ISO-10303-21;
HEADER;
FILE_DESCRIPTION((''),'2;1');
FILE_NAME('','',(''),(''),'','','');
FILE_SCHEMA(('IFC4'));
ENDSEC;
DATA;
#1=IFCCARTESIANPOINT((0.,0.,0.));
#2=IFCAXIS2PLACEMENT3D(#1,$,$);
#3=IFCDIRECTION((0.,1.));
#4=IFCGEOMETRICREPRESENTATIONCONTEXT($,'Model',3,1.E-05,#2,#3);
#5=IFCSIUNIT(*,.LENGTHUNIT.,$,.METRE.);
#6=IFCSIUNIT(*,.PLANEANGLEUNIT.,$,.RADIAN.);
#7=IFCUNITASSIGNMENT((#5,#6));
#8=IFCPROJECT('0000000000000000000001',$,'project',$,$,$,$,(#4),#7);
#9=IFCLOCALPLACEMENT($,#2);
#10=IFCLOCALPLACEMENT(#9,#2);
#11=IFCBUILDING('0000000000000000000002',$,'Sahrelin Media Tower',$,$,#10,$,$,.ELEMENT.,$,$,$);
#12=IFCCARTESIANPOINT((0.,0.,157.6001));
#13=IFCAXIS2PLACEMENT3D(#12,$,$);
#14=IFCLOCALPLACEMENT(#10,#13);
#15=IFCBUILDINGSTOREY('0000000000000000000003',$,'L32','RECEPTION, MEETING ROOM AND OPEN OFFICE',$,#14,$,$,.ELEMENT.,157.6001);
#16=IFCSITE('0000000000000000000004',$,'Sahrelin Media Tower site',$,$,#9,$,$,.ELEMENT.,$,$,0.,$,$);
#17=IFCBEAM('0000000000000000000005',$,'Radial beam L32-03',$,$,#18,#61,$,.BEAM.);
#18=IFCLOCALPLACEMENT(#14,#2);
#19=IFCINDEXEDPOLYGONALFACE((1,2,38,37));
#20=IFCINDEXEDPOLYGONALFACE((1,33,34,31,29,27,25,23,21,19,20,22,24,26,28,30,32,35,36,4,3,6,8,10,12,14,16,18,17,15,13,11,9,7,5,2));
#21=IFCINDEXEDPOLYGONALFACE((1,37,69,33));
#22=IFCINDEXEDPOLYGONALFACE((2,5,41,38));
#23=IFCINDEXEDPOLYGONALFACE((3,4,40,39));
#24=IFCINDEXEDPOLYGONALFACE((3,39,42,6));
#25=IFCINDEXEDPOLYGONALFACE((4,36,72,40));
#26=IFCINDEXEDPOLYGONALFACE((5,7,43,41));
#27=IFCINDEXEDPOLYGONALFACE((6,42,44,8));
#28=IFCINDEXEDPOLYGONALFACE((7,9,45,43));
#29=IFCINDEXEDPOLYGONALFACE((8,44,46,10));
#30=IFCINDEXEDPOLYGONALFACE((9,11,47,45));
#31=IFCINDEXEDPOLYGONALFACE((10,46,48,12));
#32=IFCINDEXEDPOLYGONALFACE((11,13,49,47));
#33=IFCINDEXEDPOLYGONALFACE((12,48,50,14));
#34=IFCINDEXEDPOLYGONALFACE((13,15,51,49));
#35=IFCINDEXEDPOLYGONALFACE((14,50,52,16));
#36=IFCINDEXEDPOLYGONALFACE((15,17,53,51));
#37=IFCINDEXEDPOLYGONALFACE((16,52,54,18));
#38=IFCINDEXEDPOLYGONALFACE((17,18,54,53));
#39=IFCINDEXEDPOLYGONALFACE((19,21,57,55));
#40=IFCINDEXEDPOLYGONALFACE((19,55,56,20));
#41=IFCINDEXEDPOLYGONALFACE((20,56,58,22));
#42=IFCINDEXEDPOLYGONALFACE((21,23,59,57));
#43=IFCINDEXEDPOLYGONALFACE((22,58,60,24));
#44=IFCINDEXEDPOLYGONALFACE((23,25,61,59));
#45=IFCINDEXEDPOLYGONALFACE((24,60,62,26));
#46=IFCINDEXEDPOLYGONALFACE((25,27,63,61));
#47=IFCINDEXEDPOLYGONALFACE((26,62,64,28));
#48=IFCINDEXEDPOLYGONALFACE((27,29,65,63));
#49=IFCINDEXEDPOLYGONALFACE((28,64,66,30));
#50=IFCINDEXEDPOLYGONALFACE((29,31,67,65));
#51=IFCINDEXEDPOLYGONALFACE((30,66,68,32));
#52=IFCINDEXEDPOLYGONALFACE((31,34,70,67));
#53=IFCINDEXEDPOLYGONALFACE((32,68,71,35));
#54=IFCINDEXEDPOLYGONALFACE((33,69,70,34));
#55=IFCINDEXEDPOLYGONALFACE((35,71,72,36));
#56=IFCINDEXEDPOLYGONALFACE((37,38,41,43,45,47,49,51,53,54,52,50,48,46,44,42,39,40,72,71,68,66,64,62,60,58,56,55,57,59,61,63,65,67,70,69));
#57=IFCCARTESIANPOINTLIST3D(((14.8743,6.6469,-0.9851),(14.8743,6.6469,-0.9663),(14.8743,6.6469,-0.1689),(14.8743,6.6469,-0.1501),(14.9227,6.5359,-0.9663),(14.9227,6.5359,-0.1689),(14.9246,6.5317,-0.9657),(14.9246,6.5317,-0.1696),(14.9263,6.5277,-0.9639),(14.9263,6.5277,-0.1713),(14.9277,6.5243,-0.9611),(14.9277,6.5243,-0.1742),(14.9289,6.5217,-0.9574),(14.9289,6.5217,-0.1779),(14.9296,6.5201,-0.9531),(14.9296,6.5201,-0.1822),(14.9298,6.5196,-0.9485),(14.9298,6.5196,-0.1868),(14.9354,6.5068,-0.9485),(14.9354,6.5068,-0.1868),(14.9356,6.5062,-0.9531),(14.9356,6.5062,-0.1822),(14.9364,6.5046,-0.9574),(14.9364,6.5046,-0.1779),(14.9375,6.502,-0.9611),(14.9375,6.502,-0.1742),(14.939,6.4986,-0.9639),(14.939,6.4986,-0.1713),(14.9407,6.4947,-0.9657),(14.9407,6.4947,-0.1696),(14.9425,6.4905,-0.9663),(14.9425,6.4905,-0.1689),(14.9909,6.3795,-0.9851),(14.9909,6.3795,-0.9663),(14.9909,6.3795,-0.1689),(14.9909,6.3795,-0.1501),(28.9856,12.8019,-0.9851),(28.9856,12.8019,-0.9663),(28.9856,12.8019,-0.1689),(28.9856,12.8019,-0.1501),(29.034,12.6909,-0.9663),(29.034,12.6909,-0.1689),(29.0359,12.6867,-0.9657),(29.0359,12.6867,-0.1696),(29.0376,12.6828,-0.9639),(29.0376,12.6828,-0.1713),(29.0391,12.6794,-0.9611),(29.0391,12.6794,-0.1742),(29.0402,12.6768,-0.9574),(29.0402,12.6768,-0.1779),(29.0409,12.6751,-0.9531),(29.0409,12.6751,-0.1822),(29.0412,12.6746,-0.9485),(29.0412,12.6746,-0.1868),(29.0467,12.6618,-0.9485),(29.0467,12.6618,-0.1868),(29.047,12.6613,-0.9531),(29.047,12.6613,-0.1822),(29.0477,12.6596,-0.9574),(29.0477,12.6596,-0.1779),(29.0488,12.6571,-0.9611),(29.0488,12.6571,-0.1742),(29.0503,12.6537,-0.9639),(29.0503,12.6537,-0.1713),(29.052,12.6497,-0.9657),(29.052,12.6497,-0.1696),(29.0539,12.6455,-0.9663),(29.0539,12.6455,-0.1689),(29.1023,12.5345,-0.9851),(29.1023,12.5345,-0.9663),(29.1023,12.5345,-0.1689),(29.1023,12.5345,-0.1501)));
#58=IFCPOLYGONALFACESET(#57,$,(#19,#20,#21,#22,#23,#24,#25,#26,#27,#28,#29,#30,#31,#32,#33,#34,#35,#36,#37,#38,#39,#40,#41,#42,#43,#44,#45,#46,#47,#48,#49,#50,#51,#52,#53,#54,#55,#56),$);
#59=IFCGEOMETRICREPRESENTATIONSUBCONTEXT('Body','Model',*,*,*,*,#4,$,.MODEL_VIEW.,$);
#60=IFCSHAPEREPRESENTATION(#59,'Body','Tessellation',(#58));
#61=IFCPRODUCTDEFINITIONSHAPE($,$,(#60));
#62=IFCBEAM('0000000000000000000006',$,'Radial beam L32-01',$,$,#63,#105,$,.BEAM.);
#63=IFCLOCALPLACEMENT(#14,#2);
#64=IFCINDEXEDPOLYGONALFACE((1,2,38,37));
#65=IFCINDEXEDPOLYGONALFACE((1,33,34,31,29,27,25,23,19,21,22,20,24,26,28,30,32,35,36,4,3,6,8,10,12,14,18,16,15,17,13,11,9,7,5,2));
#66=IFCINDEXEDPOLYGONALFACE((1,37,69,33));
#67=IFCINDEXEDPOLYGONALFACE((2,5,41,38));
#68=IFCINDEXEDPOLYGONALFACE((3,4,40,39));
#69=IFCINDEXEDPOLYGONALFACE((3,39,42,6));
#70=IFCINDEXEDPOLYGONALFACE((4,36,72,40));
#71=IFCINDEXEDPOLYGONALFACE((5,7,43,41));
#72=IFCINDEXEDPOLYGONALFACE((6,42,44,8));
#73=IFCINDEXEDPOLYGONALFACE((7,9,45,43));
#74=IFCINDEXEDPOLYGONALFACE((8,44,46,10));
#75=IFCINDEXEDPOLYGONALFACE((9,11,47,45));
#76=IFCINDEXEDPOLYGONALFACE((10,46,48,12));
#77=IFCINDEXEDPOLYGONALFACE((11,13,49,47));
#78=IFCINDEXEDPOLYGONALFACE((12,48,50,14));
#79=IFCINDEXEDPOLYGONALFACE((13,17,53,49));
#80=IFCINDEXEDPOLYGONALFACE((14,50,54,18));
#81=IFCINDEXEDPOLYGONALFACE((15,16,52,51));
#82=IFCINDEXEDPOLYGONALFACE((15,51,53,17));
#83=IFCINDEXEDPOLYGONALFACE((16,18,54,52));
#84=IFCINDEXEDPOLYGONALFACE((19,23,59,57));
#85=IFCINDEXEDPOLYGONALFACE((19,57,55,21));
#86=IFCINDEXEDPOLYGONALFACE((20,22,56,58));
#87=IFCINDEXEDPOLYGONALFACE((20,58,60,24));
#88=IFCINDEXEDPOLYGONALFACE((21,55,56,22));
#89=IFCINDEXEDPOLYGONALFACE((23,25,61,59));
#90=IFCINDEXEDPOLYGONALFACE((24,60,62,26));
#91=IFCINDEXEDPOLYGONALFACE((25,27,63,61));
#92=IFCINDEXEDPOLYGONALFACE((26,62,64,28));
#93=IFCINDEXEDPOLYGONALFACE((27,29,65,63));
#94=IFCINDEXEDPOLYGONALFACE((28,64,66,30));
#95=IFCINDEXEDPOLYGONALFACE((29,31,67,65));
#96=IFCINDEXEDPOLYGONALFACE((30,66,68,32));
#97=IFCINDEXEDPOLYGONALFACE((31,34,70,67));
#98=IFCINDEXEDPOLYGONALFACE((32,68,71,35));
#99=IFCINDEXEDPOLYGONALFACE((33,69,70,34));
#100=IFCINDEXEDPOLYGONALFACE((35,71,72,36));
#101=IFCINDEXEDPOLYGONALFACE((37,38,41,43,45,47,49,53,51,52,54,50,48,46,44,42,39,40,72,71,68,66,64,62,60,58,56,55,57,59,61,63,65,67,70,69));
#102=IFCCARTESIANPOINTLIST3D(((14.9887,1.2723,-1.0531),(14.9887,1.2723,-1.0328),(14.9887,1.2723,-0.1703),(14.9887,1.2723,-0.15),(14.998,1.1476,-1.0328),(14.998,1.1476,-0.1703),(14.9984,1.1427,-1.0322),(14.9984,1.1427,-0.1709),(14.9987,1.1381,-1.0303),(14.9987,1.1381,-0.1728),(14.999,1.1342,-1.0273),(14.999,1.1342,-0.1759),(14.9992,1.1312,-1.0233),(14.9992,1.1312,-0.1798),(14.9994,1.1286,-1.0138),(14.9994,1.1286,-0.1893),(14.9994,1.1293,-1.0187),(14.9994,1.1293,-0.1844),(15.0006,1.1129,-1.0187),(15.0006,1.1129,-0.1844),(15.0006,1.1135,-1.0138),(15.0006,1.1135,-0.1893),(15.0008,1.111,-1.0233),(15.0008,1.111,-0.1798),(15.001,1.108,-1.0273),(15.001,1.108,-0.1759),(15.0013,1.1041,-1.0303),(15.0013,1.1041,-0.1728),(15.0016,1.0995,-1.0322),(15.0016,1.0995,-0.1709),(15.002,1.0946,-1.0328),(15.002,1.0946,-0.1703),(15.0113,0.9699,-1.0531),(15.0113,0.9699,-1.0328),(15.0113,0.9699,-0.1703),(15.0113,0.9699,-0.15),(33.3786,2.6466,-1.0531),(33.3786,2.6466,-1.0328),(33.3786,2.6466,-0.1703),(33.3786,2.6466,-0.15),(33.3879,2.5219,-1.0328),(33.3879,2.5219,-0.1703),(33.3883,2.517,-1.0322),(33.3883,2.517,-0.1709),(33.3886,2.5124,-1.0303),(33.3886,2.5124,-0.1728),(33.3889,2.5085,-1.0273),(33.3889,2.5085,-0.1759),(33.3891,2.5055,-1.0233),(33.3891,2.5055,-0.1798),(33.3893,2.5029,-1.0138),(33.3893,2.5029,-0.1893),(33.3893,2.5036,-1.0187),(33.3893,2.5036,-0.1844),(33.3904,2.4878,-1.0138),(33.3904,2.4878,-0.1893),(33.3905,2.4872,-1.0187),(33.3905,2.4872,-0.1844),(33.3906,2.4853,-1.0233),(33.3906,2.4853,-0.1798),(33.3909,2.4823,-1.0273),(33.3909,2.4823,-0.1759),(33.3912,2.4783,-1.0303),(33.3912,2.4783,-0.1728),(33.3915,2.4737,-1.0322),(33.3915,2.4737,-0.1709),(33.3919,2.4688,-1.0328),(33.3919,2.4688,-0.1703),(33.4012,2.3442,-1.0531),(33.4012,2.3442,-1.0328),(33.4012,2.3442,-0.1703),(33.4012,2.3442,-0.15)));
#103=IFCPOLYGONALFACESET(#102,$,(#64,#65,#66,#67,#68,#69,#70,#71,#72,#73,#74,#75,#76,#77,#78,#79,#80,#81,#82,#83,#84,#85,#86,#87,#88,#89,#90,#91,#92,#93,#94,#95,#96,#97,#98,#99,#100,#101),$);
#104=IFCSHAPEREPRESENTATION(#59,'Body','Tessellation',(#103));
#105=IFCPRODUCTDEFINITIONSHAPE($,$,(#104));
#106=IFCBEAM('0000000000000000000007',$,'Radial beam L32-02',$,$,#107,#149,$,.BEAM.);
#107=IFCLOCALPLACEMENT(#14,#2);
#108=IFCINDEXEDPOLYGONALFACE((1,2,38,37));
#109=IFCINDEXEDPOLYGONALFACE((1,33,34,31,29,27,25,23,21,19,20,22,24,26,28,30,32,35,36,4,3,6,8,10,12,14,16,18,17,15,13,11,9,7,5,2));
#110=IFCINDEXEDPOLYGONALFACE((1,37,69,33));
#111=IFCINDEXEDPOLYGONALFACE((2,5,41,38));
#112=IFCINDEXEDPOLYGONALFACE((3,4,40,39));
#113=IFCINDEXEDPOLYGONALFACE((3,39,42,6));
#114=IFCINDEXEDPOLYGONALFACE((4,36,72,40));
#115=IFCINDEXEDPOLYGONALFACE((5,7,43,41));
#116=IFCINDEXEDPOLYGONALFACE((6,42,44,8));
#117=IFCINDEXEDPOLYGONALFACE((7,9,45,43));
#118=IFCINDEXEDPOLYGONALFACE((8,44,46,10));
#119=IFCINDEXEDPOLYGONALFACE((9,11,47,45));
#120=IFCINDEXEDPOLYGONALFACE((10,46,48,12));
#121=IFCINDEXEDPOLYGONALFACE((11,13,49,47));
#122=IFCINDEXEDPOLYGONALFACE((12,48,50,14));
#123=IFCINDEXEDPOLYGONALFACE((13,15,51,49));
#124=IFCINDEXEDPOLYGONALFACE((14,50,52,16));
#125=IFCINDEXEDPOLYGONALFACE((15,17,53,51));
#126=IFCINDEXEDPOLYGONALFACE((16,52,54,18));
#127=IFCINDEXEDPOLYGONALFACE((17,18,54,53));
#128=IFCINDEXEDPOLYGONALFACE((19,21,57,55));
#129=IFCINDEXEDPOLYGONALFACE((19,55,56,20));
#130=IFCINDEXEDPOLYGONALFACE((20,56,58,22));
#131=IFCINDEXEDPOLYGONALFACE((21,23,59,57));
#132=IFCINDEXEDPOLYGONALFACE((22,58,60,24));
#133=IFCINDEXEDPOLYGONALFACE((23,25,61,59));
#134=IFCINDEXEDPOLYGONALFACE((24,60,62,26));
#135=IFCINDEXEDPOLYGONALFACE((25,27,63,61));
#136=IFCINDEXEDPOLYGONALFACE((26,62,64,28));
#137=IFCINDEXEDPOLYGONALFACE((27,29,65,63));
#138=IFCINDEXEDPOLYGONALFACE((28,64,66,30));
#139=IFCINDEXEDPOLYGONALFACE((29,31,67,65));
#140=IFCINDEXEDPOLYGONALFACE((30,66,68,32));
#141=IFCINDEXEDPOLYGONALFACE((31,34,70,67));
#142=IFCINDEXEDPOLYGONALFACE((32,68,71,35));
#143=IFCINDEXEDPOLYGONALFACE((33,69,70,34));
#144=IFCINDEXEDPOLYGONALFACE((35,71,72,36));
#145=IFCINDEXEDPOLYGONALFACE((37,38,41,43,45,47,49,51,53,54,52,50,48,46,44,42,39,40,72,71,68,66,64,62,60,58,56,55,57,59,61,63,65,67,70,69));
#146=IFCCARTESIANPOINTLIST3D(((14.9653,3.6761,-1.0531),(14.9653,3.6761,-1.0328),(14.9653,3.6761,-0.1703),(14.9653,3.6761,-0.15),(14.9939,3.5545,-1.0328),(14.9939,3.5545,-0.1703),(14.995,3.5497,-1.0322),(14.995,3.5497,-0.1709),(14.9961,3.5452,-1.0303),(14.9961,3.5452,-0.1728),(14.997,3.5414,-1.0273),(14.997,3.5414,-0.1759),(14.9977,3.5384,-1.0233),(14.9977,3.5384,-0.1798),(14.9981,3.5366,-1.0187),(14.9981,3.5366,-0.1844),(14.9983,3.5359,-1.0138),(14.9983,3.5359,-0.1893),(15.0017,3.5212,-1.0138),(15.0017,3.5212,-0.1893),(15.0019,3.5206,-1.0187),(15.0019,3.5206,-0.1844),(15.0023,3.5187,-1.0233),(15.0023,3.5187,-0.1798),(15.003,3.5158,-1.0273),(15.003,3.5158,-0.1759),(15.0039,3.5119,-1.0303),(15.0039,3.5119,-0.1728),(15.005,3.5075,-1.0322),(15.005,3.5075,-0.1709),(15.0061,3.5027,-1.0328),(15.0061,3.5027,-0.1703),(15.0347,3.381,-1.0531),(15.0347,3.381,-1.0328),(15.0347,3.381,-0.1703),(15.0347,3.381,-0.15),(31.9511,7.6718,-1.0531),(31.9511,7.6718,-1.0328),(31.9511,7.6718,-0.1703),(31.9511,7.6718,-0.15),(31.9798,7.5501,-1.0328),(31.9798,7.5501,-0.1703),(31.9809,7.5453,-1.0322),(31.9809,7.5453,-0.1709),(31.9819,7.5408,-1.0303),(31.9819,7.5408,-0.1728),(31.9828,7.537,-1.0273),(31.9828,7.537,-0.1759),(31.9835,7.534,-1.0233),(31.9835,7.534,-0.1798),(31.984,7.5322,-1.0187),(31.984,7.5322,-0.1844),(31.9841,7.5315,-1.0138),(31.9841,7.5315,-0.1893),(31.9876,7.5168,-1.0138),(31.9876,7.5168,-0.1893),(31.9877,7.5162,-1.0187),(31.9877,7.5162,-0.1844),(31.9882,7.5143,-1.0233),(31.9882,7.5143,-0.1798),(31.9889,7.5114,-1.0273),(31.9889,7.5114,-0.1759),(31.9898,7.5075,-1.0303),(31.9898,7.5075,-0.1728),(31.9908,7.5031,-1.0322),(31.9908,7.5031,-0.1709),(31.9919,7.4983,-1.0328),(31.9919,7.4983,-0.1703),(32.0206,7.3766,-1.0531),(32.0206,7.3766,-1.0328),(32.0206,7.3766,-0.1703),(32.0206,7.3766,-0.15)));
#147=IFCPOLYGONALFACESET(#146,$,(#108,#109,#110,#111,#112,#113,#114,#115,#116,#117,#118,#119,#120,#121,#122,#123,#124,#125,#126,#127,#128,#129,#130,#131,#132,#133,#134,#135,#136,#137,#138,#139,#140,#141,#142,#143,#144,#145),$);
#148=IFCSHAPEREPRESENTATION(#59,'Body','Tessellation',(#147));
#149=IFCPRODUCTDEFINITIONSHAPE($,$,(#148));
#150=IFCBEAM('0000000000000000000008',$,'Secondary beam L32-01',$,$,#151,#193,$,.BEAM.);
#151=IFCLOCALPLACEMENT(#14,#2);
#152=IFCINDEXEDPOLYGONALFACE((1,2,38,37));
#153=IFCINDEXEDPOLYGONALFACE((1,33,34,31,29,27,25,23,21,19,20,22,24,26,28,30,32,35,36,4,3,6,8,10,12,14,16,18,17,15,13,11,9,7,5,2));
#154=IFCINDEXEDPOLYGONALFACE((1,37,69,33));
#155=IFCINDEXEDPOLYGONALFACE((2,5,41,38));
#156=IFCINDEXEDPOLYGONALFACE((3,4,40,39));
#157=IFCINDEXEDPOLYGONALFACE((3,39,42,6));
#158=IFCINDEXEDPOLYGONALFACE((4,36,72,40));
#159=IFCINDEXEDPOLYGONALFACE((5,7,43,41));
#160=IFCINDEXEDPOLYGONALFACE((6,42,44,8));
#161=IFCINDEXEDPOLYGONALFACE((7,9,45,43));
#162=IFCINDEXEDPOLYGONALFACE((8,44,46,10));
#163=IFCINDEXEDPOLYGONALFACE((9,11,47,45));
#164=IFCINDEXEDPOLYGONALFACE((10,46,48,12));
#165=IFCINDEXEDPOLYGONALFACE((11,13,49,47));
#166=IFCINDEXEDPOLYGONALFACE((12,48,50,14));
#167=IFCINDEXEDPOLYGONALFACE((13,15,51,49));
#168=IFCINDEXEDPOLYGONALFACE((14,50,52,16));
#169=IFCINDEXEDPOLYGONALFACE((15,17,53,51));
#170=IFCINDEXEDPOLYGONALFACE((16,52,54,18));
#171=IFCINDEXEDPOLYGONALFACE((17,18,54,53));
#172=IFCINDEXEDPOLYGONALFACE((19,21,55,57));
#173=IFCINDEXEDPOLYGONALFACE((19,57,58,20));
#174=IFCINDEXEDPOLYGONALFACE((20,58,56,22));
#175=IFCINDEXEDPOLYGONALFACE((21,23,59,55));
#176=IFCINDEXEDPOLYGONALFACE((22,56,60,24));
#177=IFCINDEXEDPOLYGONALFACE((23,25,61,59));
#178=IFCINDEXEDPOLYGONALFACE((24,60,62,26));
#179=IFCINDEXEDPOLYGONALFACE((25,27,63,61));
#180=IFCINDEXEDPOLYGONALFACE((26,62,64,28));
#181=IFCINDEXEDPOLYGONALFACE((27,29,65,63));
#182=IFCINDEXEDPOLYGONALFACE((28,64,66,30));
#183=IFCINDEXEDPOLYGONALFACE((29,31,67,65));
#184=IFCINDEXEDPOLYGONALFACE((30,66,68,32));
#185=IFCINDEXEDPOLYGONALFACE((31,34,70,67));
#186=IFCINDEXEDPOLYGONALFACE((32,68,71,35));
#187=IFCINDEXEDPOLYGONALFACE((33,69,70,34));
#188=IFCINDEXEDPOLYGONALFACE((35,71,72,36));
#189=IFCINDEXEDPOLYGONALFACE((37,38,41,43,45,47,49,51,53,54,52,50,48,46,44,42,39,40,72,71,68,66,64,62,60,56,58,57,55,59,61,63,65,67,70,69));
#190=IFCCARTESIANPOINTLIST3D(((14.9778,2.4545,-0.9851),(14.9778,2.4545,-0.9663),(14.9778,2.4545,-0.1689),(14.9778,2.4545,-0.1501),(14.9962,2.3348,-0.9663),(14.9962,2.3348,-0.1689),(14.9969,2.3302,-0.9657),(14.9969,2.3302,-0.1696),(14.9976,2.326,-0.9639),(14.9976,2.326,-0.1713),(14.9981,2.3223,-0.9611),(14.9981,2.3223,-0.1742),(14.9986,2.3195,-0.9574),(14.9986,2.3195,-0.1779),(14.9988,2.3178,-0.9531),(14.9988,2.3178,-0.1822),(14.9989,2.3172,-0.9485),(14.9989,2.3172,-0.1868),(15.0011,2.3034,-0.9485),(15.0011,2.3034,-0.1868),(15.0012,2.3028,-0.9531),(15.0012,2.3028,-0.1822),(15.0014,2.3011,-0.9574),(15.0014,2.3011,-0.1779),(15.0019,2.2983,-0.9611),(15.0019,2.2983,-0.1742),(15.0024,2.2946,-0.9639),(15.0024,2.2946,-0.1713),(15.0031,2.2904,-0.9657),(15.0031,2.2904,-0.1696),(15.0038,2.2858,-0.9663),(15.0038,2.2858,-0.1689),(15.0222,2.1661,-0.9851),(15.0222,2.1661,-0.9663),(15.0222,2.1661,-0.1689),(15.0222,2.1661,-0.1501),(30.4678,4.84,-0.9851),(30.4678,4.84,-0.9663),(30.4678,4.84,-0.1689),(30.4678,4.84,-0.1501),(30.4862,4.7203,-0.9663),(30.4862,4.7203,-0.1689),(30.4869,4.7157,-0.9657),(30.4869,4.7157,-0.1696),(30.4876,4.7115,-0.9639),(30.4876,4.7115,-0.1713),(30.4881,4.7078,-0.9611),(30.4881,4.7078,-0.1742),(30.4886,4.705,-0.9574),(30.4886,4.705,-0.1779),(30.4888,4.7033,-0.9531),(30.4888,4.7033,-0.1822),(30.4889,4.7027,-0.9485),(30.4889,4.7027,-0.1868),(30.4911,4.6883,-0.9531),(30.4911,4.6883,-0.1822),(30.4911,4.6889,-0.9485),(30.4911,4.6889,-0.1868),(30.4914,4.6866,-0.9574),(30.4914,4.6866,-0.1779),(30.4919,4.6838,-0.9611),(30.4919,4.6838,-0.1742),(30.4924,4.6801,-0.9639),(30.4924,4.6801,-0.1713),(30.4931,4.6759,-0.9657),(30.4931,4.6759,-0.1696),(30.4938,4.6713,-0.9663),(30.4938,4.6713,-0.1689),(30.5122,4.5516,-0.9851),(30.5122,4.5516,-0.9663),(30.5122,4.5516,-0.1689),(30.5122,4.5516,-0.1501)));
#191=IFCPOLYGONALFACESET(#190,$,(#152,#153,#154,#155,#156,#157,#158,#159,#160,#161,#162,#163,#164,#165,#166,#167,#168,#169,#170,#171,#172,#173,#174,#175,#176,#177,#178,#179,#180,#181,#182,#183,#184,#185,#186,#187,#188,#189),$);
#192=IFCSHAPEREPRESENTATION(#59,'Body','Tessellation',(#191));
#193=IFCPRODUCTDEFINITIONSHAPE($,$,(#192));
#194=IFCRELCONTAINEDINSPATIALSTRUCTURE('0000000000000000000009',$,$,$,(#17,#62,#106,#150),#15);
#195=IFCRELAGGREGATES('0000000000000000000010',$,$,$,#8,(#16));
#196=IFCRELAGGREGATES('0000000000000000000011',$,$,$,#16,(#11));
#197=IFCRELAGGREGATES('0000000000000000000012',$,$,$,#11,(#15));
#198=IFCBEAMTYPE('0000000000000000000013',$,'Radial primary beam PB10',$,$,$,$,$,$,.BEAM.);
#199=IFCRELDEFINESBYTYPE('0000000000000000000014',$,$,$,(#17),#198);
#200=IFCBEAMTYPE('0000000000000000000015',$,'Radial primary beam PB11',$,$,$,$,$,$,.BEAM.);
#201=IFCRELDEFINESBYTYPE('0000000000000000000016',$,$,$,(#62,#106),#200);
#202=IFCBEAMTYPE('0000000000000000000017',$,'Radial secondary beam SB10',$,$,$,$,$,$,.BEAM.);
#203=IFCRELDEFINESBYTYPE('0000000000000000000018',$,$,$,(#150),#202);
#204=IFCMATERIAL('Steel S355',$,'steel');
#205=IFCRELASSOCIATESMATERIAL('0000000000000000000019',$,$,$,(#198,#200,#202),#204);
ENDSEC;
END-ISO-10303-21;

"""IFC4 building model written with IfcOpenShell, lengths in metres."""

from ifc_helpers import new_model, si_unit, direction, frame, origin, origin_2d, place, context, subcontext, project, spatial, i_section, extrude, material, material_profile, profile_set, type_object, element, save


model = new_model("IFC4")

# Units and contexts
model_context = context("Model", 3, precision=1e-05, world=origin(), true_north=direction((0.0, 1.0)))
body_context = subcontext(model_context, "Body", "Model", "MODEL_VIEW")
ifc_project = project(units=[si_unit("LENGTHUNIT", "METRE"), si_unit("PLANEANGLEUNIT", "RADIAN")], contexts=[model_context])

# Site, building, storey
site_placement = place(None, origin())
site = spatial("IfcSite", under=ifc_project, at=site_placement, Name="Sahrelin Media Tower site", CompositionType="ELEMENT", RefElevation=0.0)
building_placement = place(site_placement, origin())
building = spatial("IfcBuilding", under=site, at=building_placement, Name="Sahrelin Media Tower", CompositionType="ELEMENT")
storey_placement = place(building_placement, frame((0.0, 0.0, 157.6001)))
storey = spatial("IfcBuildingStorey", under=building, at=storey_placement, Name="L32", Description="RECEPTION, MEETING ROOM AND OPEN OFFICE", CompositionType="ELEMENT", Elevation=157.6001)

# Beams
ifc_material_1 = material(Name="Steel S355", Category="steel")
ifc_material_profile_1 = material_profile(ifc_material_1, i_section(OverallWidth=0.2917, OverallDepth=0.835, WebThickness=0.0139, FlangeThickness=0.0188, FilletRadius=0.0178, at=origin_2d()), Name="UB 838x292x176")
ifc_profile_set_1 = profile_set([ifc_material_profile_1], Name="Steel S355")
beam_type_1 = type_object("IfcBeamType", Name="Radial primary beam PB10", PredefinedType="BEAM", material=ifc_profile_set_1)
beam_1_placement = place(storey_placement, frame((14.9326, 6.5132, -0.5676), z_axis=(0.916602, 0.3998, 0.0), x_axis=(-0.3998, 0.916602, 0.0)))
element("IfcBeam", 1, at=beam_1_placement, inside=storey, type_object=beam_type_1, Name="Radial beam L32-03", PredefinedType="BEAM", context=body_context, shape_type="SweptSolid", body=[
    extrude(i_section(OverallWidth=0.2917, OverallDepth=0.835, WebThickness=0.0139, FlangeThickness=0.0188, FilletRadius=0.0178, at=origin_2d()), origin(), (0.0, 0.0, 1.0), 15.3953),
])
ifc_material_profile_2 = material_profile(ifc_material_1, i_section(OverallWidth=0.3032, OverallDepth=0.9031, WebThickness=0.0151, FlangeThickness=0.0203, FilletRadius=0.019, at=origin_2d()), Name="UB 914x305x201")
ifc_profile_set_2 = profile_set([ifc_material_profile_2], Name="Steel S355")
beam_type_2 = type_object("IfcBeamType", Name="Radial primary beam PB11", PredefinedType="BEAM", material=ifc_profile_set_2)
beam_2_placement = place(storey_placement, frame((15.0, 1.1211, -0.6016), z_axis=(0.997219, 0.074522, 0.0), x_axis=(-0.074522, 0.997219, 0.0)))
element("IfcBeam", 2, at=beam_2_placement, inside=storey, type_object=beam_type_2, Name="Radial beam L32-01", PredefinedType="BEAM", context=body_context, shape_type="SweptSolid", body=[
    extrude(i_section(OverallWidth=0.3032, OverallDepth=0.9031, WebThickness=0.0151, FlangeThickness=0.0203, FilletRadius=0.019, at=origin_2d()), origin(), (0.0, 0.0, 1.0), 18.4412),
])
beam_3_placement = place(storey_placement, frame((15.0, 3.5286, -0.6016), z_axis=(0.973431, 0.228982, 0.0), x_axis=(-0.228982, 0.973431, 0.0)))
element("IfcBeam", 3, at=beam_3_placement, inside=storey, type_object=beam_type_2, Name="Radial beam L32-02", PredefinedType="BEAM", context=body_context, shape_type="SweptSolid", body=[
    extrude(i_section(OverallWidth=0.3032, OverallDepth=0.9031, WebThickness=0.0151, FlangeThickness=0.0203, FilletRadius=0.019, at=origin_2d()), origin(), (0.0, 0.0, 1.0), 17.4495),
])
ifc_material_profile_3 = material_profile(ifc_material_1, i_section(OverallWidth=0.2917, OverallDepth=0.835, WebThickness=0.0139, FlangeThickness=0.0188, FilletRadius=0.0178, at=origin_2d()), Name="UB 838x292x176")
ifc_profile_set_3 = profile_set([ifc_material_profile_3], Name="Steel S355")
beam_type_3 = type_object("IfcBeamType", Name="Radial secondary beam SB10", PredefinedType="BEAM", material=ifc_profile_set_3)
beam_4_placement = place(storey_placement, frame((15.0, 2.3103, -0.5676), z_axis=(0.988348, 0.152208, 0.0), x_axis=(-0.152208, 0.988348, 0.0)))
element("IfcBeam", 4, at=beam_4_placement, inside=storey, type_object=beam_type_3, Name="Secondary beam L32-01", PredefinedType="BEAM", context=body_context, shape_type="SweptSolid", body=[
    extrude(i_section(OverallWidth=0.2917, OverallDepth=0.835, WebThickness=0.0139, FlangeThickness=0.0188, FilletRadius=0.0178, at=origin_2d()), origin(), (0.0, 0.0, 1.0), 15.6726),
])

save(model, "model.ifc")
